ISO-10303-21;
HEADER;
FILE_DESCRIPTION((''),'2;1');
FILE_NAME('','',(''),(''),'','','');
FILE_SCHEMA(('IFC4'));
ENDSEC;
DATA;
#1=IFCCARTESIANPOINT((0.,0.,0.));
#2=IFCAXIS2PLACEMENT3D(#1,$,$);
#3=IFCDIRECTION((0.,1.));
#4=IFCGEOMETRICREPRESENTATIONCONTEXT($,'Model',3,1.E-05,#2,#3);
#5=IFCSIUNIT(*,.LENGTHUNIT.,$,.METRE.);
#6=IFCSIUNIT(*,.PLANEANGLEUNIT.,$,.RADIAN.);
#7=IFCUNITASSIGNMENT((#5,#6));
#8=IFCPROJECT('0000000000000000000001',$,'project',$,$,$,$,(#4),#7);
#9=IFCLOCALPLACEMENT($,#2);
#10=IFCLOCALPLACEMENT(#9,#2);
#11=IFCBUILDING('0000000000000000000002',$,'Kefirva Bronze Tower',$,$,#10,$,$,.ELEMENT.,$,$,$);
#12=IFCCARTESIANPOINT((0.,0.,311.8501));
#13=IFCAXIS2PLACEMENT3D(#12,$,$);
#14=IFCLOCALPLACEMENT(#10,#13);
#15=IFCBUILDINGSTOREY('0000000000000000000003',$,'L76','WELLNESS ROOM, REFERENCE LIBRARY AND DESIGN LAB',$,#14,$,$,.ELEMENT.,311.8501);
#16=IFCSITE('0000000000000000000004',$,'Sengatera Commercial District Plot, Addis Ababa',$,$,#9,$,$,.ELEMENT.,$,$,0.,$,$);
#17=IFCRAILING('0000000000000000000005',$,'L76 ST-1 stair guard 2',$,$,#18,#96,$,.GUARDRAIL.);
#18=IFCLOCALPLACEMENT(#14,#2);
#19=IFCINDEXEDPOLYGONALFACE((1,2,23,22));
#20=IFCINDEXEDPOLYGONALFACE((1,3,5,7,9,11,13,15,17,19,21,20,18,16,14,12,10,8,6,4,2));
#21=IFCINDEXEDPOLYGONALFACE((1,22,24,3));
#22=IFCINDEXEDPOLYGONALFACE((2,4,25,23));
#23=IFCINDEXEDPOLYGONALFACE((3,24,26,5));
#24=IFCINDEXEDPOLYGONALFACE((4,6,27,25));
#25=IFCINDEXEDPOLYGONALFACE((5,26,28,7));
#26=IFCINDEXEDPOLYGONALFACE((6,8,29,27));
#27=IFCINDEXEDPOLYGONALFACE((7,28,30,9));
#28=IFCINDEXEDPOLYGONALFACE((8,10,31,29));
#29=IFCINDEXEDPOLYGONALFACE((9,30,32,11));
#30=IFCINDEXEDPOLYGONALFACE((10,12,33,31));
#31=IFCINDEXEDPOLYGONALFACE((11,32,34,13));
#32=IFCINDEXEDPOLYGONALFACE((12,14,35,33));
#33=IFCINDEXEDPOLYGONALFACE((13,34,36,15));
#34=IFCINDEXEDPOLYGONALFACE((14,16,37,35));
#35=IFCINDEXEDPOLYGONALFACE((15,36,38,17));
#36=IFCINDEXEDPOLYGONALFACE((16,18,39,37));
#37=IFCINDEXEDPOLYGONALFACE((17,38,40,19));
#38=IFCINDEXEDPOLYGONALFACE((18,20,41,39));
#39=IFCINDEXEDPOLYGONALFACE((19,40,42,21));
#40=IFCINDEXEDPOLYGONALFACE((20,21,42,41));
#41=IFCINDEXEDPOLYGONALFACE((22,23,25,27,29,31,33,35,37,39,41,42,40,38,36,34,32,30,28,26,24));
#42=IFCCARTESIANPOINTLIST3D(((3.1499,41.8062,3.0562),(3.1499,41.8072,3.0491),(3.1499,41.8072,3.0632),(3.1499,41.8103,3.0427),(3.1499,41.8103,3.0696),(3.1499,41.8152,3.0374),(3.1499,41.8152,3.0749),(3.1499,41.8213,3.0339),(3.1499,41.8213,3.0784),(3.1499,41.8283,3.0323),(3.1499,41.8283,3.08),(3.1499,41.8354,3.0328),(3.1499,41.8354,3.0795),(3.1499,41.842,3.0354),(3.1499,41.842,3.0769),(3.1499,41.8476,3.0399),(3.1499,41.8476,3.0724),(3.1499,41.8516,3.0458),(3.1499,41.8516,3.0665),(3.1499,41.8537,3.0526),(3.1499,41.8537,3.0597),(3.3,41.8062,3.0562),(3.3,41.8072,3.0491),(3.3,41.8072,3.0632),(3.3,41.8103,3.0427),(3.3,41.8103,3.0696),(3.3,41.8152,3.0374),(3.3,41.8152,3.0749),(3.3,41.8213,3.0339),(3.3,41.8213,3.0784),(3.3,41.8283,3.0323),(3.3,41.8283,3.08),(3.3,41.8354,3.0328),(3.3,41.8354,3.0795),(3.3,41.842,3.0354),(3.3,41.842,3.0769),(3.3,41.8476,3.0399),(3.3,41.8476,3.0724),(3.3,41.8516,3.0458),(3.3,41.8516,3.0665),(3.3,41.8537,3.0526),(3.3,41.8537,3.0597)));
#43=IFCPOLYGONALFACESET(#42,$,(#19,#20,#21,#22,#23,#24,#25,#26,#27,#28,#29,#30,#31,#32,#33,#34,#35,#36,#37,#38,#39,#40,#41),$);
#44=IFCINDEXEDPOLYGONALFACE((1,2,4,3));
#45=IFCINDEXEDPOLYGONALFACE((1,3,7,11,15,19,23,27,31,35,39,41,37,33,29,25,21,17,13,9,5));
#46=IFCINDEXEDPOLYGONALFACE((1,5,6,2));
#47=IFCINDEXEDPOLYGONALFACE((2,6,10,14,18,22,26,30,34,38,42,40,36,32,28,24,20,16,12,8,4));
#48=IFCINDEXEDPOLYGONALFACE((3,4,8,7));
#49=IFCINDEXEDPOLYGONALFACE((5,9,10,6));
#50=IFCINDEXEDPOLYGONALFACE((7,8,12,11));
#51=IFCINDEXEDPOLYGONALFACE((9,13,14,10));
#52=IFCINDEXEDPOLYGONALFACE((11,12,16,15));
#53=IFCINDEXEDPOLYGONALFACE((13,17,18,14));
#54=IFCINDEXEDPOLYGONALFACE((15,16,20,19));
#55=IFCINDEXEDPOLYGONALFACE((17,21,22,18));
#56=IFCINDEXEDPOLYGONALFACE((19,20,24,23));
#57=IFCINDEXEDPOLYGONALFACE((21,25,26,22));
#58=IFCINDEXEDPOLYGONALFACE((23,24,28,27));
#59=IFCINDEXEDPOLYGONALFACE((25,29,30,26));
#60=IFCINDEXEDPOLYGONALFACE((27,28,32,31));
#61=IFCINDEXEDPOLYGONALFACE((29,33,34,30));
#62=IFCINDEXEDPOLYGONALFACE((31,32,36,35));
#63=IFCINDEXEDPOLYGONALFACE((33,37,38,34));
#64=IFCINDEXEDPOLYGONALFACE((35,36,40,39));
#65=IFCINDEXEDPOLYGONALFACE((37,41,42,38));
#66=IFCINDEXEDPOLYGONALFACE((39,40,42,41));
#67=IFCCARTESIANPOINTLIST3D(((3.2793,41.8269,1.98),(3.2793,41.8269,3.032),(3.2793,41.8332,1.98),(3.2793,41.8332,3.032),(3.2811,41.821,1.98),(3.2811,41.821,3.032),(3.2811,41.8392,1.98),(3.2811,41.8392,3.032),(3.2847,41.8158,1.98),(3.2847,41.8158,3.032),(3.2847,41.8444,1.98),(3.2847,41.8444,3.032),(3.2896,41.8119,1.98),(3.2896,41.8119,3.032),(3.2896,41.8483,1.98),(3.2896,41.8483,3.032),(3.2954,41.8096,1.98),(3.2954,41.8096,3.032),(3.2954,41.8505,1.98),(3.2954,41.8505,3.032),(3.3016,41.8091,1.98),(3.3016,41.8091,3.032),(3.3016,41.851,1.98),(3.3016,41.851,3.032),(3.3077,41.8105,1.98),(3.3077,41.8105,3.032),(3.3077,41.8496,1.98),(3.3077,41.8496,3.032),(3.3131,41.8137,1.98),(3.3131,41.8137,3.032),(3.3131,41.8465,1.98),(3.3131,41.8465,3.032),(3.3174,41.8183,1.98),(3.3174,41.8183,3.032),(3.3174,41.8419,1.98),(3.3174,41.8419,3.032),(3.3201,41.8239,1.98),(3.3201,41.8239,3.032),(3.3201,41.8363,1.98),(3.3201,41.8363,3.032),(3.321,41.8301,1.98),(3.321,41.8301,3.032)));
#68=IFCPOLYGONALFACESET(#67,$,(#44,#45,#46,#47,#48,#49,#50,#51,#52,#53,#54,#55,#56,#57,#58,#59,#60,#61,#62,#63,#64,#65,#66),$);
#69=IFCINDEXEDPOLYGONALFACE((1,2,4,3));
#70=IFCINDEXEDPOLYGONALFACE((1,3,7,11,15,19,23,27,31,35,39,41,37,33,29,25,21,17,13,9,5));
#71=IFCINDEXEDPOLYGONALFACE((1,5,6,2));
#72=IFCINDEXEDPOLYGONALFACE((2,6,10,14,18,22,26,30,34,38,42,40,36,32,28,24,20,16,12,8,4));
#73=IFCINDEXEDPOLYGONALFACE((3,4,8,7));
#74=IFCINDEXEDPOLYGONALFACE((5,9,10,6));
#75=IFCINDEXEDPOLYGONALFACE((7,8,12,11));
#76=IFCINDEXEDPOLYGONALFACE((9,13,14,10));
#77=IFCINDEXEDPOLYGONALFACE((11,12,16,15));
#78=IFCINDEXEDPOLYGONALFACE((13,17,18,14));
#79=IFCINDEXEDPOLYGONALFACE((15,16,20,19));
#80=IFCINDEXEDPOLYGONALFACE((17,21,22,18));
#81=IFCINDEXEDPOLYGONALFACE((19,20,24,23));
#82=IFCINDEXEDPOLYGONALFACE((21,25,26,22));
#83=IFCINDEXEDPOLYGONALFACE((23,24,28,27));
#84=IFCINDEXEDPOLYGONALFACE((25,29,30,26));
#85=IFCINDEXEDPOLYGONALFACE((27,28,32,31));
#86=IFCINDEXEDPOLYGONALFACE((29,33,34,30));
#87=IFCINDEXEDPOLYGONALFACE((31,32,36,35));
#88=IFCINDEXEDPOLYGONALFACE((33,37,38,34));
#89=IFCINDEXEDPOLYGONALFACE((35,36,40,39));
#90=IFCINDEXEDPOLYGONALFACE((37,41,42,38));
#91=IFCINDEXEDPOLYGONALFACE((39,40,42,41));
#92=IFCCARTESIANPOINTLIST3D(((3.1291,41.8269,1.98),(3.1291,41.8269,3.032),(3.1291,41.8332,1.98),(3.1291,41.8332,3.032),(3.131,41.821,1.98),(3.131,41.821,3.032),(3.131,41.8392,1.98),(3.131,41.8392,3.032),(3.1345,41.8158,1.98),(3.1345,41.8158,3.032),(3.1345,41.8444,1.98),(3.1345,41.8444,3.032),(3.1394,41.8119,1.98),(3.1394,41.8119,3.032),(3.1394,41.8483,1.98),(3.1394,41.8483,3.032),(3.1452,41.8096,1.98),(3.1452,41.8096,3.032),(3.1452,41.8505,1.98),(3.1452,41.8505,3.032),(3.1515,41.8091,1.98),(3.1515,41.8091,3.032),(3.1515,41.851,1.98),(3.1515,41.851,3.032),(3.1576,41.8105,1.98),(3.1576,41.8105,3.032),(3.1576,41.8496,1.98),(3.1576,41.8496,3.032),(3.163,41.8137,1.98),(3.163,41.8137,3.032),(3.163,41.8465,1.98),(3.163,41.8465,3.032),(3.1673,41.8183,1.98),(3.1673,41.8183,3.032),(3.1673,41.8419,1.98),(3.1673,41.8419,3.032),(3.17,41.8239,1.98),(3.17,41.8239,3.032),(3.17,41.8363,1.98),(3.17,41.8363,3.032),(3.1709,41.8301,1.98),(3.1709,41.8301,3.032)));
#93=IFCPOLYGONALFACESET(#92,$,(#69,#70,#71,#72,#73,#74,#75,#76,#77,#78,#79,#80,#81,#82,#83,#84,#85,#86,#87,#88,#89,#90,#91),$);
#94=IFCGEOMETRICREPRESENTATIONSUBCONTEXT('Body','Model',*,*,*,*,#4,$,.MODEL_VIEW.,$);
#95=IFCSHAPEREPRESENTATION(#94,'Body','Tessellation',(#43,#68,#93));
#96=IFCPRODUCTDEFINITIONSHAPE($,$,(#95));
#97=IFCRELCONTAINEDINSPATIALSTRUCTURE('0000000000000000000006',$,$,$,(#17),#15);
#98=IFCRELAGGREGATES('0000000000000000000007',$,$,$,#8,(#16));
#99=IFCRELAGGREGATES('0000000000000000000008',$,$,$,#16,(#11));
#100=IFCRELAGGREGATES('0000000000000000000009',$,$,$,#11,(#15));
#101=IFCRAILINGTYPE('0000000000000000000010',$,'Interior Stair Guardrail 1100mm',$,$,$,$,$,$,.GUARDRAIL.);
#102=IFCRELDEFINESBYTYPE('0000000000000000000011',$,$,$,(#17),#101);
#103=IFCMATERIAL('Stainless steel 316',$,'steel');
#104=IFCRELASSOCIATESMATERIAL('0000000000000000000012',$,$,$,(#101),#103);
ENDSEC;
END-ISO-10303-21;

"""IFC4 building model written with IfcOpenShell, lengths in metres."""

from ifc_helpers import new_model, si_unit, direction, frame, origin, origin_2d, place, context, subcontext, project, spatial, circle, extrude, material, type_object, element, save


model = new_model("IFC4")

# Units and contexts
model_context = context("Model", 3, precision=1e-05, world=origin(), true_north=direction((0.0, 1.0)))
body_context = subcontext(model_context, "Body", "Model", "MODEL_VIEW")
ifc_project = project(units=[si_unit("LENGTHUNIT", "METRE"), si_unit("PLANEANGLEUNIT", "RADIAN")], contexts=[model_context])

# Site, building, storey
site_placement = place(None, origin())
site = spatial("IfcSite", under=ifc_project, at=site_placement, Name="Sengatera Commercial District Plot, Addis Ababa", CompositionType="ELEMENT", RefElevation=0.0)
building_placement = place(site_placement, origin())
building = spatial("IfcBuilding", under=site, at=building_placement, Name="Kefirva Bronze Tower", CompositionType="ELEMENT")
storey_placement = place(building_placement, frame((0.0, 0.0, 311.8501)))
storey = spatial("IfcBuildingStorey", under=building, at=storey_placement, Name="L76", Description="WELLNESS ROOM, REFERENCE LIBRARY AND DESIGN LAB", CompositionType="ELEMENT", Elevation=311.8501)

# Railing
ifc_material_1 = material(Name="Stainless steel 316", Category="steel")
railing_type_1 = type_object("IfcRailingType", Name="Interior Stair Guardrail 1100mm", PredefinedType="GUARDRAIL", material=ifc_material_1)
railing_1_placement = place(storey_placement, frame((3.3, 41.8301, 1.98)))
element("IfcRailing", 1, at=railing_1_placement, inside=storey, type_object=railing_type_1, Name="L76 ST-1 stair guard 2", PredefinedType="GUARDRAIL", context=body_context, shape_type="SweptSolid", body=[
    extrude(circle(Radius=0.0239, at=origin_2d()), frame((0.0, 0.0, 1.0762), z_axis=(-1.0, 0.0, 0.0), x_axis=(0.0, -1.0, 0.0)), (0.0, 0.0, 1.0), 0.1501),
    extrude(circle(Radius=0.021, at=origin_2d()), origin(), (0.0, 0.0, 1.0), 1.052),
    extrude(circle(Radius=0.021, at=origin_2d()), frame((-0.1501, 0.0, 0.0)), (0.0, 0.0, 1.0), 1.052),
])

save(model, "model.ifc")
